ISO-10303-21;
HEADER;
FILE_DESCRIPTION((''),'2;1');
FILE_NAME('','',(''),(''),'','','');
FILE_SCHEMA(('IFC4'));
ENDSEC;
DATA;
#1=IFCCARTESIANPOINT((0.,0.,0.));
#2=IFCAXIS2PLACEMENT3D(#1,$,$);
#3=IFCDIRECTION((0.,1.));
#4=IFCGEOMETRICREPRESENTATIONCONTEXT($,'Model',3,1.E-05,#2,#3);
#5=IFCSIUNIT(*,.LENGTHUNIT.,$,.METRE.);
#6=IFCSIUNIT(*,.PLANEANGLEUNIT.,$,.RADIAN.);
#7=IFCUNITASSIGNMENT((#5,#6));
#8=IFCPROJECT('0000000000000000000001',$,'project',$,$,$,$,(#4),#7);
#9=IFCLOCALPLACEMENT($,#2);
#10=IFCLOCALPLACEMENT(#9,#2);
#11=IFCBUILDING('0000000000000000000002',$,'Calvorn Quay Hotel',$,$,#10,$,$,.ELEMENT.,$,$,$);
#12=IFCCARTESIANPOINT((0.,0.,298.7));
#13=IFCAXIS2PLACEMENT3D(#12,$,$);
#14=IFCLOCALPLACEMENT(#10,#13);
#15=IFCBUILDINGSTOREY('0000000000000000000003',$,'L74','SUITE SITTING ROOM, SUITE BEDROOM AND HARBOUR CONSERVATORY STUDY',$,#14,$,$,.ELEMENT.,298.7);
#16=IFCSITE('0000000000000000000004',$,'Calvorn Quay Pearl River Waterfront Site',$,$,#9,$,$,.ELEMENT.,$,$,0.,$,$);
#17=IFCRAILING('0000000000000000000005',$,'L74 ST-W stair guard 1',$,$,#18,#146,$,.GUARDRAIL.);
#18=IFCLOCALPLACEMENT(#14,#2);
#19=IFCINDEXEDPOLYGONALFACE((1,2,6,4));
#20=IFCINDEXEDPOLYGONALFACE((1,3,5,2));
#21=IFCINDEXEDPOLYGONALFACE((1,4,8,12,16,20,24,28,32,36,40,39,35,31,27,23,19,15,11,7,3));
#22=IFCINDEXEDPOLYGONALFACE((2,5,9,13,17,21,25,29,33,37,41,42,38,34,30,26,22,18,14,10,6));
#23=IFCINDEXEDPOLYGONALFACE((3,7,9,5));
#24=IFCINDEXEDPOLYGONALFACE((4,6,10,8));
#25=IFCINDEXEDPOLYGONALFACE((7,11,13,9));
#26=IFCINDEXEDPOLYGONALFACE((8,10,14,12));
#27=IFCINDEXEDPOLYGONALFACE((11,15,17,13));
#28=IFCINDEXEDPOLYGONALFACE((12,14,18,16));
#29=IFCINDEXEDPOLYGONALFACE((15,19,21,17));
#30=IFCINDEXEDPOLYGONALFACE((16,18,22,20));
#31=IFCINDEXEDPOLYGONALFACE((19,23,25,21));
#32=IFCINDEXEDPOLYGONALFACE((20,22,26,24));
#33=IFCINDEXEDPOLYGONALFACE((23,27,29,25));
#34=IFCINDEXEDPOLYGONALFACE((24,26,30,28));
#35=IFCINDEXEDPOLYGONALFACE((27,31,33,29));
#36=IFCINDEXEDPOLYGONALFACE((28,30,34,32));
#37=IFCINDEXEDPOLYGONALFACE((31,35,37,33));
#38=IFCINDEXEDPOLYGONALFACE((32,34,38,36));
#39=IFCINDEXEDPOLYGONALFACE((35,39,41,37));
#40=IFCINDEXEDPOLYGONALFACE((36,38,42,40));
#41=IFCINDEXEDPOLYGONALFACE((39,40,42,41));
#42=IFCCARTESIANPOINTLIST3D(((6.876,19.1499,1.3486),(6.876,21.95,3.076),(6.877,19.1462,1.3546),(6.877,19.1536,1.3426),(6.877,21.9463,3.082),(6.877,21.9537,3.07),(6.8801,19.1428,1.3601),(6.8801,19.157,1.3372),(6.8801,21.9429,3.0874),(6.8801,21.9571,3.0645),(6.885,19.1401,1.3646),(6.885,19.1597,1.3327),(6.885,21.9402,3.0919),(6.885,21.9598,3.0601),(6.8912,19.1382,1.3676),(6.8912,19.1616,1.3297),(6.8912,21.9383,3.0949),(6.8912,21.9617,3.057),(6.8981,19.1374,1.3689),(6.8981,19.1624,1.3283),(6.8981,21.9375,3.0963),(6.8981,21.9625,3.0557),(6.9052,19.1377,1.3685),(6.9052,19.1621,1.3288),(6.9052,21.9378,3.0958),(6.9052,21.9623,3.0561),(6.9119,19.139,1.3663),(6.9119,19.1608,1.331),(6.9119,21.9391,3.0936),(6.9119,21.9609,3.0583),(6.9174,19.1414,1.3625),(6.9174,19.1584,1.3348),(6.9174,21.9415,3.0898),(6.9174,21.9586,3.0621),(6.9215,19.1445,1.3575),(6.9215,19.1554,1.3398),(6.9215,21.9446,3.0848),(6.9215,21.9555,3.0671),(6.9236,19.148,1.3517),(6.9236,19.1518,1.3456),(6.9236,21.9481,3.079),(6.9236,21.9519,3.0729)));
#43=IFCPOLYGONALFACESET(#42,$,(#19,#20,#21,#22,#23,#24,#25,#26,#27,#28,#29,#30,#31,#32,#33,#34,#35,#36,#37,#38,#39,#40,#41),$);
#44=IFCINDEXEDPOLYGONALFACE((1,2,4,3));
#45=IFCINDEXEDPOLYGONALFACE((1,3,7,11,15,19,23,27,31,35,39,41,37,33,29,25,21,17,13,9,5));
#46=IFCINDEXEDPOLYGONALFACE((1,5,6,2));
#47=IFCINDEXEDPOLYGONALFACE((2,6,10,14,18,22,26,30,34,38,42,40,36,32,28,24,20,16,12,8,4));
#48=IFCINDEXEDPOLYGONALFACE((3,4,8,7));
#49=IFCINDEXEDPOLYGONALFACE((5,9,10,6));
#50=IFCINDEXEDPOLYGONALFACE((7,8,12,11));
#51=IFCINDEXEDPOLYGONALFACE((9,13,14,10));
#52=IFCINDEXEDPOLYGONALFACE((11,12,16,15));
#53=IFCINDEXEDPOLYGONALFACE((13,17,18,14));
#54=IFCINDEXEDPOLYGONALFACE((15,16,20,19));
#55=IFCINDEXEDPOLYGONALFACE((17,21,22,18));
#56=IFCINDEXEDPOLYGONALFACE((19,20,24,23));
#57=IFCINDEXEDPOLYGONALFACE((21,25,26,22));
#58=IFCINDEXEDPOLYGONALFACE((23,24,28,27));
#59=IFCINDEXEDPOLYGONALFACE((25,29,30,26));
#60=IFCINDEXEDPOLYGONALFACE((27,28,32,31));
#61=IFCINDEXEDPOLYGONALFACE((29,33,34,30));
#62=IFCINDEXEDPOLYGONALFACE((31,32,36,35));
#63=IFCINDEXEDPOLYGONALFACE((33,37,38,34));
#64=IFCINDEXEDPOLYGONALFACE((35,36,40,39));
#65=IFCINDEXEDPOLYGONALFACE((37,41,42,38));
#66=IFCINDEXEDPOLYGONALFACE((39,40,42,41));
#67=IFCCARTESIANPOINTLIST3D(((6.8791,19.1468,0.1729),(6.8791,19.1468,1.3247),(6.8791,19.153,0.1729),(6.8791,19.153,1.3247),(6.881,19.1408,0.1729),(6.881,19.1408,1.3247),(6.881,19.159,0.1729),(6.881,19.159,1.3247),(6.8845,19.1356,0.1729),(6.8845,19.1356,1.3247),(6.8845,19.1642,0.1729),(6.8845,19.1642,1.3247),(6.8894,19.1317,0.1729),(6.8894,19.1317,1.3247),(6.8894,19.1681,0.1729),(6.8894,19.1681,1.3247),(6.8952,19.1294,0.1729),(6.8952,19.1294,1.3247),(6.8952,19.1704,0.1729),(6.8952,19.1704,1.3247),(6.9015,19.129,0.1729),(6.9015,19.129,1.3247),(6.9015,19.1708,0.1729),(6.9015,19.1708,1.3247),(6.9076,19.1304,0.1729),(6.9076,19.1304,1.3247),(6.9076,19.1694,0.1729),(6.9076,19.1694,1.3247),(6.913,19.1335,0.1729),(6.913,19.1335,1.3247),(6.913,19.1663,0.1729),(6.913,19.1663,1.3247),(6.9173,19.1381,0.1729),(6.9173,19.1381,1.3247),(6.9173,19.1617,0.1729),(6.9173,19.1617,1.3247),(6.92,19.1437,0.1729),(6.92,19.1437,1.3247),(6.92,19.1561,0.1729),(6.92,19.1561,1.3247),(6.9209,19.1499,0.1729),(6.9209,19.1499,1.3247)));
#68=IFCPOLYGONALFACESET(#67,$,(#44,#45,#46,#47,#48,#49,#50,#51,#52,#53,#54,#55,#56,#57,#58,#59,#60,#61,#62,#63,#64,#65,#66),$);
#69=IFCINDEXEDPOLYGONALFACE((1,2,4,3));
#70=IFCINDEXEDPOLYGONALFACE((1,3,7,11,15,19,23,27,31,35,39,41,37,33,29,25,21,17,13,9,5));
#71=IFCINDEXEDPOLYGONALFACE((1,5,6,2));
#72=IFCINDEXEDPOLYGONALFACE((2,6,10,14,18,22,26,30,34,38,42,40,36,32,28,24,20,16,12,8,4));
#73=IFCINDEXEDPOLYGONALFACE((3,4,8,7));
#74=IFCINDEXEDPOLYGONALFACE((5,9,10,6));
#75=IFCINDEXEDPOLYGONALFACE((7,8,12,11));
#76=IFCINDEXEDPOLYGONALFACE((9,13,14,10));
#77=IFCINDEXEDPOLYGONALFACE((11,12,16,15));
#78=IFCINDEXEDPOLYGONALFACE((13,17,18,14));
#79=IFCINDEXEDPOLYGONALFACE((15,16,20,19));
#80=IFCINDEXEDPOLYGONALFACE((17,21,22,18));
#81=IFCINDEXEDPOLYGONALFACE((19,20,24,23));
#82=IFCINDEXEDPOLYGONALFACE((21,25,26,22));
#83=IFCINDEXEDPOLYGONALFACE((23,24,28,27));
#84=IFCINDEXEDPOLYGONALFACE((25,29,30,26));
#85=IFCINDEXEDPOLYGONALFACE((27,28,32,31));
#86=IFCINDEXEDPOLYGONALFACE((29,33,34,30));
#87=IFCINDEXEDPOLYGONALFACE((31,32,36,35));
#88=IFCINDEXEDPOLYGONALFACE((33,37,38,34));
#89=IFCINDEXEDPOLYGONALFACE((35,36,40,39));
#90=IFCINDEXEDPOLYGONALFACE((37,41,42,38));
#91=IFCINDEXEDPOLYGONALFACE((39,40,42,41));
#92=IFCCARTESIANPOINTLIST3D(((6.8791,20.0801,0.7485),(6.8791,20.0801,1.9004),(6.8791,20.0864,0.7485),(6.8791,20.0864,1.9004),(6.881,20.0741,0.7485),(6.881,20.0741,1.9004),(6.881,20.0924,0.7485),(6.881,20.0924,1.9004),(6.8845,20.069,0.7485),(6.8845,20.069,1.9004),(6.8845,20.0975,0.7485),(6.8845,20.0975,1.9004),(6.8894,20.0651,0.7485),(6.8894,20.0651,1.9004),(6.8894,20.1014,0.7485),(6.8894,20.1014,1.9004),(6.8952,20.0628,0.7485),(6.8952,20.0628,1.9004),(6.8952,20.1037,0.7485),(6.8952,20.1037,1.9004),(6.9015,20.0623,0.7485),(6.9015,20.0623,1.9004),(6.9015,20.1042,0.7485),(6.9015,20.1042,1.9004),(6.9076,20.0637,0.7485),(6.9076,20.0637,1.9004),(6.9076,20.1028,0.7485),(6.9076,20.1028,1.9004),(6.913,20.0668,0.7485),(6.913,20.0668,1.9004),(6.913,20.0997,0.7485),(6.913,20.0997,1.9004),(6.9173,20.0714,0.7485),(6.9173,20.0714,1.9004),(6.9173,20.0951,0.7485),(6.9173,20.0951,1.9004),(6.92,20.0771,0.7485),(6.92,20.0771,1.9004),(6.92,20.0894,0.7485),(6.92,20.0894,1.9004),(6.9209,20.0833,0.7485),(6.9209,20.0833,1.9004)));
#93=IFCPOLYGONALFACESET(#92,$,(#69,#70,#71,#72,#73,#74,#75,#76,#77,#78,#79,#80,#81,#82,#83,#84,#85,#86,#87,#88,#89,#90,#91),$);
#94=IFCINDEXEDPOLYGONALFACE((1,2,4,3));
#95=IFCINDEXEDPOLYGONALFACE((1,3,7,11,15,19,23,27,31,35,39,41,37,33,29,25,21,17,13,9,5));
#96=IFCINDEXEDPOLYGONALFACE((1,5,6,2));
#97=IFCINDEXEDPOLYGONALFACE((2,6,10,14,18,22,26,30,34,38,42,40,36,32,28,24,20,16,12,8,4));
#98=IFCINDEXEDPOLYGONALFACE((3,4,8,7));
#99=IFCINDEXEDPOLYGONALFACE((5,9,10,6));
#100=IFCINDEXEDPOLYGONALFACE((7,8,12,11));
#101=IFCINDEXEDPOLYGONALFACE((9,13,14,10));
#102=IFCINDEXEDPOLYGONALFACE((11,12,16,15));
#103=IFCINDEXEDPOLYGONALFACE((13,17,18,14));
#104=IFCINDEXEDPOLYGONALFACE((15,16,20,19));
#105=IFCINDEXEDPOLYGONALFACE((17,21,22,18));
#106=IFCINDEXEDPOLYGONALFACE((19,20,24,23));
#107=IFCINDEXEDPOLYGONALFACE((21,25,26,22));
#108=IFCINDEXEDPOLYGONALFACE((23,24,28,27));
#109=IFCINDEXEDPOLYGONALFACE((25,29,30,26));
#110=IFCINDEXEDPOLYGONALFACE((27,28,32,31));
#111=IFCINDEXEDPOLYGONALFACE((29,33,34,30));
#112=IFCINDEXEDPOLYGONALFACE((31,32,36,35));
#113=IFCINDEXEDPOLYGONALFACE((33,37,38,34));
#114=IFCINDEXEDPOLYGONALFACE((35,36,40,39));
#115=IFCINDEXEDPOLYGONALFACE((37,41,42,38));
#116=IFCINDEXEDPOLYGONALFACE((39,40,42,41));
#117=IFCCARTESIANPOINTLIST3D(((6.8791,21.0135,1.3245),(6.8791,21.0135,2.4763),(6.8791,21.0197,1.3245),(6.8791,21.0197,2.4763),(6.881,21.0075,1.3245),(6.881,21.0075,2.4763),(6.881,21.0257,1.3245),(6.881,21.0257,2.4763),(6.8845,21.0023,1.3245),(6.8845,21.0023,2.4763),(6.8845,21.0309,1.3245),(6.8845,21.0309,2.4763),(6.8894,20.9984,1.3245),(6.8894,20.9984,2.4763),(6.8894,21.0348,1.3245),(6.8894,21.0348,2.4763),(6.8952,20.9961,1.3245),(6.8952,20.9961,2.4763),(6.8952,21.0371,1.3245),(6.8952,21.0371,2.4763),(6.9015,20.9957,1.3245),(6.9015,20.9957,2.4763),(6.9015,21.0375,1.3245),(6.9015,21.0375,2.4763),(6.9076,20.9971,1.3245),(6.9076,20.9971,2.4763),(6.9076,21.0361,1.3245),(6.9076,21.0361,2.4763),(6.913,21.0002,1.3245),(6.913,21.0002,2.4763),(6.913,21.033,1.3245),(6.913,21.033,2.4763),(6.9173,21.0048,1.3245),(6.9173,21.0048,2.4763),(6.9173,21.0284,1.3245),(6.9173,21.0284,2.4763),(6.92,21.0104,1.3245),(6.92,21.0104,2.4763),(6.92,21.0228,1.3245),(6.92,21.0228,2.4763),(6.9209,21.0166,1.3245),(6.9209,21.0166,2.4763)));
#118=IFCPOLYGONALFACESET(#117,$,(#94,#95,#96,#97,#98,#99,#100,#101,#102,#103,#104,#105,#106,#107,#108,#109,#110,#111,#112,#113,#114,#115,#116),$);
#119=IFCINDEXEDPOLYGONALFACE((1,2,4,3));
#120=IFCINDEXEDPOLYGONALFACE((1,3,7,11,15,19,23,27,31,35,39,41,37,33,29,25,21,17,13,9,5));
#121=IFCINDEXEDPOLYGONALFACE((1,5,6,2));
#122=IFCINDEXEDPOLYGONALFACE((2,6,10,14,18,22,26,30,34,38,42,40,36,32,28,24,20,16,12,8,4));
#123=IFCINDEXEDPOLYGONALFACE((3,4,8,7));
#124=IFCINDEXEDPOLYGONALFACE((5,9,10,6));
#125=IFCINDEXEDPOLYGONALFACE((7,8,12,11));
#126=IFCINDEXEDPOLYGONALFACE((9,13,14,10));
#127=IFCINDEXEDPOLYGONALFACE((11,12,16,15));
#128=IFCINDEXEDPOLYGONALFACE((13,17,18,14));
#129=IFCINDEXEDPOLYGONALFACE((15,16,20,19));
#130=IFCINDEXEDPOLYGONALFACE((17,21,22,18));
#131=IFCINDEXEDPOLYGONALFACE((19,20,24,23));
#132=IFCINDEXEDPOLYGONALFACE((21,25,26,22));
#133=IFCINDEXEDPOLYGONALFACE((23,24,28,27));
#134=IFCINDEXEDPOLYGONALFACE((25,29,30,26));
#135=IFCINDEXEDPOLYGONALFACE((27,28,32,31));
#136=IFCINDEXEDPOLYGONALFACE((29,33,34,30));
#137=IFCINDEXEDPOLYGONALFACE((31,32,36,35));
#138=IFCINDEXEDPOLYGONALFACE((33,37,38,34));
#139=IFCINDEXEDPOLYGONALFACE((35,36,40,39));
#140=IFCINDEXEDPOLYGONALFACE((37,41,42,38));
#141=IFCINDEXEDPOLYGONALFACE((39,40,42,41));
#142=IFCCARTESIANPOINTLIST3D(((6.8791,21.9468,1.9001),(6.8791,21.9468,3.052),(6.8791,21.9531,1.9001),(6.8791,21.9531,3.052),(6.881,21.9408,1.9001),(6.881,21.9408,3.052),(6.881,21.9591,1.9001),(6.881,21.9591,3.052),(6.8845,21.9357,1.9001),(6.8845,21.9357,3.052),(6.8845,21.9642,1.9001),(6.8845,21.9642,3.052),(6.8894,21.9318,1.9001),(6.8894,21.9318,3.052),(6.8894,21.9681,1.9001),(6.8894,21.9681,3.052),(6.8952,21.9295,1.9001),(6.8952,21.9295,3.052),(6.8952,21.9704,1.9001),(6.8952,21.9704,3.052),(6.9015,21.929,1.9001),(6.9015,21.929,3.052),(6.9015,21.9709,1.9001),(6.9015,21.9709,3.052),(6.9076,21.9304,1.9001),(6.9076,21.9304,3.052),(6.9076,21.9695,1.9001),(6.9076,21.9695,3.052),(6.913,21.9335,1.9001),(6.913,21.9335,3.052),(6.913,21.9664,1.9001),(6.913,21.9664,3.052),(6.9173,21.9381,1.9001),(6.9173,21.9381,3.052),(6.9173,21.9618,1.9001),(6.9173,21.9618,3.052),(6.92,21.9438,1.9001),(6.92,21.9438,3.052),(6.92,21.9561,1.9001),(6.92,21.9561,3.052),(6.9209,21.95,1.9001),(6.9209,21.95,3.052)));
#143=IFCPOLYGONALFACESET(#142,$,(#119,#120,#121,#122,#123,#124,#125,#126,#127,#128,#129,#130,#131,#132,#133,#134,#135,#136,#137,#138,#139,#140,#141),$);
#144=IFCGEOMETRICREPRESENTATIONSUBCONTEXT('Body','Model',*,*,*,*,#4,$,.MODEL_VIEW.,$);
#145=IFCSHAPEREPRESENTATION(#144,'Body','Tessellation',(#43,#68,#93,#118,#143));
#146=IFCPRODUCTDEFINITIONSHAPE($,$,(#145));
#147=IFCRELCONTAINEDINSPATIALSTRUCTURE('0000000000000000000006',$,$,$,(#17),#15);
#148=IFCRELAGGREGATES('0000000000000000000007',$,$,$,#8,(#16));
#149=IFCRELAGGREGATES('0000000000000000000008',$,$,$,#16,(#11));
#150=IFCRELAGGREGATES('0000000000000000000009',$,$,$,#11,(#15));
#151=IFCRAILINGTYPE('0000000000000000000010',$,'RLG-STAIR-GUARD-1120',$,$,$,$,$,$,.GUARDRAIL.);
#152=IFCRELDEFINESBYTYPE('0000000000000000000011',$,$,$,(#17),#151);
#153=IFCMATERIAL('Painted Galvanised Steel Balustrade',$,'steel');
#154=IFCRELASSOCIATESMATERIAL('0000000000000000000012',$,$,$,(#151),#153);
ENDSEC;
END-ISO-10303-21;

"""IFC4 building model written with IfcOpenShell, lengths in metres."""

from ifc_helpers import new_model, si_unit, direction, frame, origin, origin_2d, place, context, subcontext, project, spatial, circle, extrude, material, type_object, element, save


model = new_model("IFC4")

# Units and contexts
model_context = context("Model", 3, precision=1e-05, world=origin(), true_north=direction((0.0, 1.0)))
body_context = subcontext(model_context, "Body", "Model", "MODEL_VIEW")
ifc_project = project(units=[si_unit("LENGTHUNIT", "METRE"), si_unit("PLANEANGLEUNIT", "RADIAN")], contexts=[model_context])

# Site, building, storey
site_placement = place(None, origin())
site = spatial("IfcSite", under=ifc_project, at=site_placement, Name="Calvorn Quay Pearl River Waterfront Site", CompositionType="ELEMENT", RefElevation=0.0)
building_placement = place(site_placement, origin())
building = spatial("IfcBuilding", under=site, at=building_placement, Name="Calvorn Quay Hotel", CompositionType="ELEMENT")
storey_placement = place(building_placement, frame((0.0, 0.0, 298.7)))
storey = spatial("IfcBuildingStorey", under=building, at=storey_placement, Name="L74", Description="SUITE SITTING ROOM, SUITE BEDROOM AND HARBOUR CONSERVATORY STUDY", CompositionType="ELEMENT", Elevation=298.7)

# Railing
ifc_material_1 = material(Name="Painted Galvanised Steel Balustrade", Category="steel")
railing_type_1 = type_object("IfcRailingType", Name="RLG-STAIR-GUARD-1120", PredefinedType="GUARDRAIL", material=ifc_material_1)
railing_1_placement = place(storey_placement, frame((6.8999, 19.1499, 0.1729)))
element("IfcRailing", 1, at=railing_1_placement, inside=storey, type_object=railing_type_1, Name="L74 ST-W stair guard 1", PredefinedType="GUARDRAIL", context=body_context, shape_type="SweptSolid", body=[
    extrude(circle(Radius=0.0239, at=origin_2d()), frame((0.0, 0.0, 1.1758), z_axis=(0.0, 0.85109, 0.52502), x_axis=(-1.0, 0.0, 0.0)), (0.0, 0.0, 1.0), 3.29),
    extrude(circle(Radius=0.021, at=origin_2d()), origin(), (0.0, 0.0, 1.0), 1.1519),
    extrude(circle(Radius=0.021, at=origin_2d()), frame((0.0, 0.9333, 0.5757)), (0.0, 0.0, 1.0), 1.1519),
    extrude(circle(Radius=0.021, at=origin_2d()), frame((0.0, 1.8667, 1.1516)), (0.0, 0.0, 1.0), 1.1519),
    extrude(circle(Radius=0.021, at=origin_2d()), frame((0.0, 2.8, 1.7273)), (0.0, 0.0, 1.0), 1.1519),
])

save(model, "model.ifc")
